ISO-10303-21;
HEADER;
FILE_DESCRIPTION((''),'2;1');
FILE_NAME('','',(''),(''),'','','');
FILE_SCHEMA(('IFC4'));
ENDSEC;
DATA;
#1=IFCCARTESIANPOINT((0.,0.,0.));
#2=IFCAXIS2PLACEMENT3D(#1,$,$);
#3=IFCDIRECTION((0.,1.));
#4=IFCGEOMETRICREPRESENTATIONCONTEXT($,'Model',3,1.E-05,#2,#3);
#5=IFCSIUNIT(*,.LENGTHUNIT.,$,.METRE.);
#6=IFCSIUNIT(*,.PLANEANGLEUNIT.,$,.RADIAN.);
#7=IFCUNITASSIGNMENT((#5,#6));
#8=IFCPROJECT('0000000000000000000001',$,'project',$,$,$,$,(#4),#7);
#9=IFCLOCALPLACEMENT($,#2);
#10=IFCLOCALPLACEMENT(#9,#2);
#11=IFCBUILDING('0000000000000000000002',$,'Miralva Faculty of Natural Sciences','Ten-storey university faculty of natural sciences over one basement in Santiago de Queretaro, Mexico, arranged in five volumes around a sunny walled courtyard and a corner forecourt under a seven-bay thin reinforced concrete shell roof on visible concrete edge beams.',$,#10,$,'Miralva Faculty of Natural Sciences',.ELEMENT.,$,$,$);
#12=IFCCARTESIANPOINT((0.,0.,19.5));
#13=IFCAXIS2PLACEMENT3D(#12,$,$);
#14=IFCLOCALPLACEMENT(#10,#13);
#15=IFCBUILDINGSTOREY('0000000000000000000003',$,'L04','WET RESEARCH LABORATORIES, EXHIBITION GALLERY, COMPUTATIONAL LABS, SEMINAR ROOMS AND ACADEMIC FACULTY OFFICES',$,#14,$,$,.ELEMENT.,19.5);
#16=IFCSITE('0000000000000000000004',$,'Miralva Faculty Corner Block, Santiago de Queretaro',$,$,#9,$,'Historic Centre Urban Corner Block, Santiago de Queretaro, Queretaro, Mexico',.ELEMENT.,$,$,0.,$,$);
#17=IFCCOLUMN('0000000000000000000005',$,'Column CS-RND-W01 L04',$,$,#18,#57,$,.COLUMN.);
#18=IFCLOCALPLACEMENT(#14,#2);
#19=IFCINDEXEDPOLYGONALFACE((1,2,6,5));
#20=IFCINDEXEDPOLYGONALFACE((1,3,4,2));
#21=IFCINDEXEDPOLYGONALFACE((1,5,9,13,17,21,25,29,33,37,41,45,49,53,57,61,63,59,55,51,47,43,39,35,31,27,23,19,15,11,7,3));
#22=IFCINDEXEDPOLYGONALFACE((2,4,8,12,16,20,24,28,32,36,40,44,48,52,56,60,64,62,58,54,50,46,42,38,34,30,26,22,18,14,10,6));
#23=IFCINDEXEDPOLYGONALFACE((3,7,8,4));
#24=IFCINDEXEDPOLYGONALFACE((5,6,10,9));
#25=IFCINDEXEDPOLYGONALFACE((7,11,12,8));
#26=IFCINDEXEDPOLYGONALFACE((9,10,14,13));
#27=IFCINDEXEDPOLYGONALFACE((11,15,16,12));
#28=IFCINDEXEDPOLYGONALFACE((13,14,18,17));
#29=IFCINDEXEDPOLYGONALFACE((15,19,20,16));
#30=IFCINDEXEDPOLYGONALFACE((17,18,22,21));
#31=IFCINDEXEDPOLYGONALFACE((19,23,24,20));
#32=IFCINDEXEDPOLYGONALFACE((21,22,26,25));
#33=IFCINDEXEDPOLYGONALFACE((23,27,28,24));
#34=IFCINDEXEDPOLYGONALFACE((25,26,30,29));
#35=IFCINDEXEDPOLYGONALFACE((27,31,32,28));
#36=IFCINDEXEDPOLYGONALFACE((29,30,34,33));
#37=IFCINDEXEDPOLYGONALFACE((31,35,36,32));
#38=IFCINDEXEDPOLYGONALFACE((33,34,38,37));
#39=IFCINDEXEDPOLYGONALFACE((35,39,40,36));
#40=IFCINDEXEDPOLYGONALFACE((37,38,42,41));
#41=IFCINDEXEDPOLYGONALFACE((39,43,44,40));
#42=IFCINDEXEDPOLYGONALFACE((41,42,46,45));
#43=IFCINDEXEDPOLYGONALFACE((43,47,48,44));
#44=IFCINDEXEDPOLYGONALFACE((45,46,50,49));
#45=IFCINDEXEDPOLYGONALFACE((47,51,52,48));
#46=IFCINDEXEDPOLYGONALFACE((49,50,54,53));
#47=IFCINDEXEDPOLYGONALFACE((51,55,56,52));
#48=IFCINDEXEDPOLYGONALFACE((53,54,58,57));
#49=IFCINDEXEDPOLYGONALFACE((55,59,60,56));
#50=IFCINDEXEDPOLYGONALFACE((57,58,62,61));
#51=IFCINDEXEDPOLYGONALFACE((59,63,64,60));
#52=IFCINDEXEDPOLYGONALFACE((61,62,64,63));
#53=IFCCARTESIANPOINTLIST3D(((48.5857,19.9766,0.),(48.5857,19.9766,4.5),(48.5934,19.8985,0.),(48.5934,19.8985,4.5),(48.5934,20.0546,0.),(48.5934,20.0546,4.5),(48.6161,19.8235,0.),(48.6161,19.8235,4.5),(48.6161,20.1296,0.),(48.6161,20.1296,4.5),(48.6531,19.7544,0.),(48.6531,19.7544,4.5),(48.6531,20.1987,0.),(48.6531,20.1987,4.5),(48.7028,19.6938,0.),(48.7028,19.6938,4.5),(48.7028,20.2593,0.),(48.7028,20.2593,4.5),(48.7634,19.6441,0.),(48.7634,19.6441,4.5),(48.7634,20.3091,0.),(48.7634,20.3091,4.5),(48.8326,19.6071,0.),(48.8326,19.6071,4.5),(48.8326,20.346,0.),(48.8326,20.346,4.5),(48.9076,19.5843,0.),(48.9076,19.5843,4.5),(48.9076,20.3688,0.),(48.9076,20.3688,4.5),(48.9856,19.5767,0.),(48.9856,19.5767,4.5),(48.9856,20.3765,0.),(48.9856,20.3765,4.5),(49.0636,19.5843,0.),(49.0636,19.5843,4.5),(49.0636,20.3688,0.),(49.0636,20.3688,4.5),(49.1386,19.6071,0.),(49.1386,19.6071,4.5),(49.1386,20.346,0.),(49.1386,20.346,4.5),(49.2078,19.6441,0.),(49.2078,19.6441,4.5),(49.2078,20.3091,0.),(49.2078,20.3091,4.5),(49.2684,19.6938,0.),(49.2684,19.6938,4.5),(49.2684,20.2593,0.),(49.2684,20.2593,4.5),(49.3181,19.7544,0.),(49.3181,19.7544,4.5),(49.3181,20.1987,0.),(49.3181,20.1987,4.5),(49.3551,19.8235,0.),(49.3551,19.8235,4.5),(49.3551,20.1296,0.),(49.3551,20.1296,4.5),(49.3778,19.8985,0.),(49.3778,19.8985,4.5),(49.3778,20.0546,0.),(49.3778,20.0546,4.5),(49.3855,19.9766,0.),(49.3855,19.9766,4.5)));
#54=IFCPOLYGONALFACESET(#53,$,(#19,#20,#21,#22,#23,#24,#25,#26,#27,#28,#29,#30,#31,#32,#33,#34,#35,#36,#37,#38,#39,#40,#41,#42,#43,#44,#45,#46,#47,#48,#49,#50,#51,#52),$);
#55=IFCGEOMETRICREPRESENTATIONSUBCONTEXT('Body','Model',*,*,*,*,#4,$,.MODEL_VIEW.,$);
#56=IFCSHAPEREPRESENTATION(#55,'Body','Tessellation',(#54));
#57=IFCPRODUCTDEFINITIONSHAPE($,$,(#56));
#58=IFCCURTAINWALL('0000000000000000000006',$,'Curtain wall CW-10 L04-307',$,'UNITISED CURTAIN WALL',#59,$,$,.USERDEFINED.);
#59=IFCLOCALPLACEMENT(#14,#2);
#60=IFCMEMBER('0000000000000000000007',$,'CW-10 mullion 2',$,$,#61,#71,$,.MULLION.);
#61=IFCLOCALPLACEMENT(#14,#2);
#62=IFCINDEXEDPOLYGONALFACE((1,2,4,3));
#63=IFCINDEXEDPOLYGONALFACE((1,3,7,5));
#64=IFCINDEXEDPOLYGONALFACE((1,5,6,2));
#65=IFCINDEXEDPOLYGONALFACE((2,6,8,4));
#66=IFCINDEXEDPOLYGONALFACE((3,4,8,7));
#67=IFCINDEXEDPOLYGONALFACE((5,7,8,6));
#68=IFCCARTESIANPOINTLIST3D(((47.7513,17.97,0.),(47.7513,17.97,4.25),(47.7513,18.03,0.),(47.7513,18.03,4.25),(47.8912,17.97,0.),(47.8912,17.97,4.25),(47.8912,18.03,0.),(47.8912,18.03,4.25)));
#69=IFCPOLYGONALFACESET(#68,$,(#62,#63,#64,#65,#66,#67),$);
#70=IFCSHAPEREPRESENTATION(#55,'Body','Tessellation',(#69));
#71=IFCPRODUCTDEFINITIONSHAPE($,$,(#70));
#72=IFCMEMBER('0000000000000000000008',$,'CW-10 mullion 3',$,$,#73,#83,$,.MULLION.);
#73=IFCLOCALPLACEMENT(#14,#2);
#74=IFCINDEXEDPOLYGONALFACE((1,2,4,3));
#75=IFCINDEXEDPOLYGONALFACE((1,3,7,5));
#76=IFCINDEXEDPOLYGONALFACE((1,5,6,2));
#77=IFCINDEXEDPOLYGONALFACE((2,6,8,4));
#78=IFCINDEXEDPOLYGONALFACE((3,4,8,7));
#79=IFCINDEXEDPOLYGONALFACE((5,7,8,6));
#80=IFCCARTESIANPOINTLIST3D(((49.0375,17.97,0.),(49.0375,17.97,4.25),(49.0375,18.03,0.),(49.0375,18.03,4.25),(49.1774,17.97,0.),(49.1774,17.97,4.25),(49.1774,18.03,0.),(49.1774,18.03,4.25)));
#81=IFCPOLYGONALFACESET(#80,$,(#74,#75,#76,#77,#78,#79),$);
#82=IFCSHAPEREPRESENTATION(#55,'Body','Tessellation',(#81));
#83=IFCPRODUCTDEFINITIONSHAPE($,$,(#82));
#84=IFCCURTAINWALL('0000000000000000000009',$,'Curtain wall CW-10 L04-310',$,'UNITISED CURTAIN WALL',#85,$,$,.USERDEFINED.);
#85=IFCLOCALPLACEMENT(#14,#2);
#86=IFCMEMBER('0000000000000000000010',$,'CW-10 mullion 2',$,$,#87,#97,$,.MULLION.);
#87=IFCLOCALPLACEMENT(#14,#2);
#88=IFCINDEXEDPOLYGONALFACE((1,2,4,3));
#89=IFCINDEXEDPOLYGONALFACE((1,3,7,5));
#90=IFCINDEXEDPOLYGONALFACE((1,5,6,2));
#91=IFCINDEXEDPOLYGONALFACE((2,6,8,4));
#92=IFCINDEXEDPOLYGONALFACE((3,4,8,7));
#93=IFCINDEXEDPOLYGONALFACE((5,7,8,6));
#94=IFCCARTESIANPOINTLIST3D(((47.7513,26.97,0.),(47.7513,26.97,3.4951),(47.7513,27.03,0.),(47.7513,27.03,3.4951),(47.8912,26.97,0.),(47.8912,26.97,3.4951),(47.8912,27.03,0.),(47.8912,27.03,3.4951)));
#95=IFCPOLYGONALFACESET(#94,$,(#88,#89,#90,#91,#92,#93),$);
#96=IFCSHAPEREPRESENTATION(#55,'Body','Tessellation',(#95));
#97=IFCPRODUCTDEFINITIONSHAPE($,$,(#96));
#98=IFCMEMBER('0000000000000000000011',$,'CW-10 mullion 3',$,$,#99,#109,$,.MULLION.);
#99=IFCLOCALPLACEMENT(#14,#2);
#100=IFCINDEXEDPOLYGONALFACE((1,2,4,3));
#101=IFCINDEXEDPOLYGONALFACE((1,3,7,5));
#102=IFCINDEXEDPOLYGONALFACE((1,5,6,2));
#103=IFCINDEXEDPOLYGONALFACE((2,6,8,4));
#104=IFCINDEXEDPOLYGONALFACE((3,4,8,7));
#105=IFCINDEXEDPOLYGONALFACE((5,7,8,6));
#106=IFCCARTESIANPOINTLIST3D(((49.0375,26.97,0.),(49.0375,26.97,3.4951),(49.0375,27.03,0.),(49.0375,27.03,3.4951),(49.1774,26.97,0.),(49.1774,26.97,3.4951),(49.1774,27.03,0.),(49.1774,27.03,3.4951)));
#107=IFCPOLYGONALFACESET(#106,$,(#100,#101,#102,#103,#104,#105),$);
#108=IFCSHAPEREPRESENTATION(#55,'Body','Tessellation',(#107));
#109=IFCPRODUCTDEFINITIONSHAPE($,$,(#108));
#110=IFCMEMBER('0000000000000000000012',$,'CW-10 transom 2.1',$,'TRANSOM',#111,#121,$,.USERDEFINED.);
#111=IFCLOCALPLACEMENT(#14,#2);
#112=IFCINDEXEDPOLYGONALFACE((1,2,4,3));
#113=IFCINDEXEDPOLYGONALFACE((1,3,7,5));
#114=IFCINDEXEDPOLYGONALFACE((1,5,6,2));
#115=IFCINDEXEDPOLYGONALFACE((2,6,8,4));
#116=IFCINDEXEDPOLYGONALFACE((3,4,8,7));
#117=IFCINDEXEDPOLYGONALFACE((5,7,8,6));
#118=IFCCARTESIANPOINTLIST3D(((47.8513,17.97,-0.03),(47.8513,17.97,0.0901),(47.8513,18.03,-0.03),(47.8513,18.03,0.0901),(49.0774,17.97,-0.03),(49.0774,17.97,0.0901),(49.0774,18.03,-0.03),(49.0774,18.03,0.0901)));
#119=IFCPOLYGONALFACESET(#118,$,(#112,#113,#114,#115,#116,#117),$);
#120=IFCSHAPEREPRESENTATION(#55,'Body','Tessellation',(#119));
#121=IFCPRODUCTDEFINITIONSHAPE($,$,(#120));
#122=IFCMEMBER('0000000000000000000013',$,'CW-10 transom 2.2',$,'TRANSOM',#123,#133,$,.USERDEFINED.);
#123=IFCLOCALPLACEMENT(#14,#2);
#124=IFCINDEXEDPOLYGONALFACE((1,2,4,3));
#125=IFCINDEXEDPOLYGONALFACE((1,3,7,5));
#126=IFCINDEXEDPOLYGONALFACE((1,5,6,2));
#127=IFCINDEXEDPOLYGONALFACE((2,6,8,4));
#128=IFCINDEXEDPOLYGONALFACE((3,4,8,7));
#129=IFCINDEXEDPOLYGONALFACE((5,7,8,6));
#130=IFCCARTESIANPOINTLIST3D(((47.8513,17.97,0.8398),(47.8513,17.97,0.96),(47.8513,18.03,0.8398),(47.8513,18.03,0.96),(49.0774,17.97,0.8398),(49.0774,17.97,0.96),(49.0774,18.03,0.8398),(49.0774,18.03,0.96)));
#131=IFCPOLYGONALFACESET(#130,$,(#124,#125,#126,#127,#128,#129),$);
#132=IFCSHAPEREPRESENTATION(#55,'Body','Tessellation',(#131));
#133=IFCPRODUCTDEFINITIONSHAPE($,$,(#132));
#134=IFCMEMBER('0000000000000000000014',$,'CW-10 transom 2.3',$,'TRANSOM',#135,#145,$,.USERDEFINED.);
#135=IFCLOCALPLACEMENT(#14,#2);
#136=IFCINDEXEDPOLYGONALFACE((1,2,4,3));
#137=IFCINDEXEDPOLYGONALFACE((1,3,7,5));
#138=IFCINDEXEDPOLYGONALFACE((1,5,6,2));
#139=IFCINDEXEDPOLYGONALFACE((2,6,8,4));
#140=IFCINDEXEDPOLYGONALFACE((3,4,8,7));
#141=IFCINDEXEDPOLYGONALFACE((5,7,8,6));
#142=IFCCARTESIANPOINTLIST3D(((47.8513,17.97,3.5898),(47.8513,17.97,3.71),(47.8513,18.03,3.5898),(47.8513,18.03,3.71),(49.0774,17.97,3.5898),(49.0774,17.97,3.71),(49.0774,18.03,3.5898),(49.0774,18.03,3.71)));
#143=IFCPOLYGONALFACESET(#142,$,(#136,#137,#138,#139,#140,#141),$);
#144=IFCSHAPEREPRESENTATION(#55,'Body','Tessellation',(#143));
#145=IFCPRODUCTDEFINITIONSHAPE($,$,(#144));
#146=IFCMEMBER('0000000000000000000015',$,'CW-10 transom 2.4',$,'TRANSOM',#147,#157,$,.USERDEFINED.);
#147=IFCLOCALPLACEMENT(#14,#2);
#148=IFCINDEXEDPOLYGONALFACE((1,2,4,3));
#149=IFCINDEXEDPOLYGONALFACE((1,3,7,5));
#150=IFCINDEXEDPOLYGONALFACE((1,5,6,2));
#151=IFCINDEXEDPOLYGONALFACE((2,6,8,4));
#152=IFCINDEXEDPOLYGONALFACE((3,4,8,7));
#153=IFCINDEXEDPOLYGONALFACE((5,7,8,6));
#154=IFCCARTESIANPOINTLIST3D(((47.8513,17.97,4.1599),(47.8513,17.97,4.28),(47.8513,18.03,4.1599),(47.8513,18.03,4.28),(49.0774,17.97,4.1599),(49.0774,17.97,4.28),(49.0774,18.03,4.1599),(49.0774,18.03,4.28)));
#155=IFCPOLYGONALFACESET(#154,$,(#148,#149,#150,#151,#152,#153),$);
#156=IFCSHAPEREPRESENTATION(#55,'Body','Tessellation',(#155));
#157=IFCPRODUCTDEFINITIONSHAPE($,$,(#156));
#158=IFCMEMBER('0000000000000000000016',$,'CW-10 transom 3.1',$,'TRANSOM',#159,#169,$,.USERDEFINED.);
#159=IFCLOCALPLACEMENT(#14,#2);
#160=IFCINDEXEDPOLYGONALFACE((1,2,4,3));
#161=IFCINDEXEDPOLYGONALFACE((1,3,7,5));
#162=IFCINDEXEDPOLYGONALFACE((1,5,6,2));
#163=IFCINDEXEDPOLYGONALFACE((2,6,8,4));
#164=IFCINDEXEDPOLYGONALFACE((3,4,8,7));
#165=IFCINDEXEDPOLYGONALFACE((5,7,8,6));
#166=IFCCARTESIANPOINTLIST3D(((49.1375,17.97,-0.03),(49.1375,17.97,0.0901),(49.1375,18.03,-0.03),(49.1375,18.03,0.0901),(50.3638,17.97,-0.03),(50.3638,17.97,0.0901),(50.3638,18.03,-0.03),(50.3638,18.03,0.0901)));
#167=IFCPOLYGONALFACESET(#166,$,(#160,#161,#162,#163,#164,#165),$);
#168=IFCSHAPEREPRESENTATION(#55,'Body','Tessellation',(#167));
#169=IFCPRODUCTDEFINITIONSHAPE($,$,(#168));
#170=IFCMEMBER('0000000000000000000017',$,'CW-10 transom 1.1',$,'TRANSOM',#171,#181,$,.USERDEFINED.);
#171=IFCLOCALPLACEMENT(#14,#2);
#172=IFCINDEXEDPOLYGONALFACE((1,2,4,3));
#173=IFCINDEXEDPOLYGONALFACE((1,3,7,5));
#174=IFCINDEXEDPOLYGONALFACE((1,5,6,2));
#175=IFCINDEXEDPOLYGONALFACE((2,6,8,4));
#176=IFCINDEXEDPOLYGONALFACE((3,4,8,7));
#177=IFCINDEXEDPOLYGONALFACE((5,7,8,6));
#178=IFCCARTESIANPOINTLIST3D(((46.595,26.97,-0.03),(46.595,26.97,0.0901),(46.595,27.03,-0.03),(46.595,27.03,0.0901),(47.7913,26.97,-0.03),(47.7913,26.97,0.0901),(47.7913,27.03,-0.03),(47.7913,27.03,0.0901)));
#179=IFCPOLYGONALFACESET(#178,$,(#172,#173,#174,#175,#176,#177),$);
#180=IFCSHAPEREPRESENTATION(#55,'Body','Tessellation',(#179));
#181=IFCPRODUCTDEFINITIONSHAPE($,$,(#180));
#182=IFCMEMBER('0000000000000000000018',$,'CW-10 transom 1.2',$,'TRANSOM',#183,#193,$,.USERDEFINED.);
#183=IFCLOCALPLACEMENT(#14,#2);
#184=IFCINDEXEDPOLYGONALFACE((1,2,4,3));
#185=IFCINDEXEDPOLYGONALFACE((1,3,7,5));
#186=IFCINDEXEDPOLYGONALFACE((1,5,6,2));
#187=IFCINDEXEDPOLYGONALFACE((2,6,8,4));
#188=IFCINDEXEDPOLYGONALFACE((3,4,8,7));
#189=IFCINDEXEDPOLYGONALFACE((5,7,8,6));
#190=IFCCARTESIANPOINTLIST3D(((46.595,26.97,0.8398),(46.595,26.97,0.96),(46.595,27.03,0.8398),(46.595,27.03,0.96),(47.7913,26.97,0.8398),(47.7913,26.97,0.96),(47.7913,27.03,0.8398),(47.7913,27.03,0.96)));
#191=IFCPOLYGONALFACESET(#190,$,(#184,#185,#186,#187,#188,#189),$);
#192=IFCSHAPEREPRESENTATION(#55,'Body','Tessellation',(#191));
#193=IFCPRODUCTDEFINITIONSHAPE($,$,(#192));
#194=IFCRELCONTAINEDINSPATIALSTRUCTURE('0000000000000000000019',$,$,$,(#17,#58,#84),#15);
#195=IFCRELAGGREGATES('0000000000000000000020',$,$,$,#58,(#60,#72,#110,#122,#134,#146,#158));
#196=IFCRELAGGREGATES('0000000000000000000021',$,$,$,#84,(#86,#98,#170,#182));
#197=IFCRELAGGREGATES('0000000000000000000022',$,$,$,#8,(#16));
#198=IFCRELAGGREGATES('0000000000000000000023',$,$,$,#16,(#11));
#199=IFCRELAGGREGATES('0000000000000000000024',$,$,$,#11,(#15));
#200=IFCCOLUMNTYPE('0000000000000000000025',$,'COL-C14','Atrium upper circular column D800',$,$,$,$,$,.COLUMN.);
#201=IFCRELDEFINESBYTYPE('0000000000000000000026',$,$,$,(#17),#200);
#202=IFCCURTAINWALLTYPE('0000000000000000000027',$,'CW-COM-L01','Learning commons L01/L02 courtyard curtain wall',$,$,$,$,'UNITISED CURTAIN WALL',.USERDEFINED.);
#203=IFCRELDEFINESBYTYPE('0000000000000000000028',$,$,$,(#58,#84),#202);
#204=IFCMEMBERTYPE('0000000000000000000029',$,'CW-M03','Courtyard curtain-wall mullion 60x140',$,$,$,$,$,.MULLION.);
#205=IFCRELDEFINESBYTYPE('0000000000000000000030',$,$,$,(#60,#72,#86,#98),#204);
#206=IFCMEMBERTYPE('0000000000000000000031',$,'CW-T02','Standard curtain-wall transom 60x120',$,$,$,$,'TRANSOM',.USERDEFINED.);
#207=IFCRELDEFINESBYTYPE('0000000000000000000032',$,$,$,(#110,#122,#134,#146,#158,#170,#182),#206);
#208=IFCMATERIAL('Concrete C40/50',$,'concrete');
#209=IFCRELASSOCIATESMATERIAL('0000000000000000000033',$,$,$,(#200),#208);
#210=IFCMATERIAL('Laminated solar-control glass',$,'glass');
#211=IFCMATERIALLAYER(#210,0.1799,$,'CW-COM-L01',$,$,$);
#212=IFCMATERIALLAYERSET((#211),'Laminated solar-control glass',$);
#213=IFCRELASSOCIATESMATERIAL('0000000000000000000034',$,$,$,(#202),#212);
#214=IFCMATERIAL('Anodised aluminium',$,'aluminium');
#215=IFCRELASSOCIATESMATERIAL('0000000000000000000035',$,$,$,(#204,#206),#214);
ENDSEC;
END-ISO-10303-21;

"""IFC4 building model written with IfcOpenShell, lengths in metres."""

from ifc_helpers import new_model, si_unit, direction, frame, origin, origin_2d, place, context, subcontext, project, spatial, rectangle, circle, extrude, material, layer, layer_set, material_profile, profile_set, type_object, element, aggregate, save


model = new_model("IFC4")

# Units and contexts
model_context = context("Model", 3, precision=1e-05, world=origin(), true_north=direction((0.0, 1.0)))
body_context = subcontext(model_context, "Body", "Model", "MODEL_VIEW")
ifc_project = project(units=[si_unit("LENGTHUNIT", "METRE"), si_unit("PLANEANGLEUNIT", "RADIAN")], contexts=[model_context])

# Site, building, storey
site_placement = place(None, origin())
site = spatial("IfcSite", under=ifc_project, at=site_placement, Name="Miralva Faculty Corner Block, Santiago de Queretaro", LongName="Historic Centre Urban Corner Block, Santiago de Queretaro, Queretaro, Mexico", CompositionType="ELEMENT", RefElevation=0.0)
building_placement = place(site_placement, origin())
building = spatial("IfcBuilding", under=site, at=building_placement, Name="Miralva Faculty of Natural Sciences", Description="Ten-storey university faculty of natural sciences over one basement in Santiago de Queretaro, Mexico, arranged in five volumes around a sunny walled courtyard and a corner forecourt under a seven-bay thin reinforced concrete shell roof on visible concrete edge beams.", LongName="Miralva Faculty of Natural Sciences", CompositionType="ELEMENT")
storey_placement = place(building_placement, frame((0.0, 0.0, 19.5)))
storey = spatial("IfcBuildingStorey", under=building, at=storey_placement, Name="L04", Description="WET RESEARCH LABORATORIES, EXHIBITION GALLERY, COMPUTATIONAL LABS, SEMINAR ROOMS AND ACADEMIC FACULTY OFFICES", CompositionType="ELEMENT", Elevation=19.5)

# Column
ifc_material_1 = material(Name="Concrete C40/50", Category="concrete")
ifc_material_profile_1 = material_profile(ifc_material_1, circle(Radius=0.3999, at=origin_2d()), Name="RC DIA 800")
ifc_profile_set_1 = profile_set([ifc_material_profile_1], Name="Concrete C40/50")
column_type = type_object("IfcColumnType", Name="COL-C14", Description="Atrium upper circular column D800", PredefinedType="COLUMN", material=ifc_profile_set_1)
column_placement = place(storey_placement, frame((48.9856, 19.9766, 0.0), z_axis=(0.0, 0.0, 1.0), x_axis=(1.0, 0.0, 0.0)))
element("IfcColumn", 1, at=column_placement, inside=storey, type_object=column_type, Name="Column CS-RND-W01 L04", PredefinedType="COLUMN", context=body_context, shape_type="SweptSolid", body=[
    extrude(circle(Radius=0.3999, at=origin_2d()), origin(), (0.0, 0.0, 1.0), 4.5),
])

# Curtain walls, members
ifc_material_2 = material(Name="Laminated solar-control glass", Category="glass")
ifc_layer_1 = layer(ifc_material_2, 0.1799, Name="CW-COM-L01")
ifc_layer_set_1 = layer_set([ifc_layer_1], Name="Laminated solar-control glass")
curtain_wall_type = type_object("IfcCurtainWallType", Name="CW-COM-L01", Description="Learning commons L01/L02 courtyard curtain wall", ElementType="UNITISED CURTAIN WALL", PredefinedType="USERDEFINED", material=ifc_layer_set_1)
curtain_wall_1_placement = place(storey_placement, origin())
curtain_wall_1 = element("IfcCurtainWall", 2, at=curtain_wall_1_placement, inside=storey, type_object=curtain_wall_type, Name="Curtain wall CW-10 L04-307", ObjectType="UNITISED CURTAIN WALL", PredefinedType="USERDEFINED")
ifc_material_3 = material(Name="Anodised aluminium", Category="aluminium")
ifc_material_profile_2 = material_profile(ifc_material_3, rectangle(XDim=0.0601, YDim=0.1399, at=origin_2d()), Name="MULLION 60x140")
ifc_profile_set_2 = profile_set([ifc_material_profile_2], Name="Anodised aluminium")
member_type_1 = type_object("IfcMemberType", Name="CW-M03", Description="Courtyard curtain-wall mullion 60x140", PredefinedType="MULLION", material=ifc_profile_set_2)
member_1_placement = place(storey_placement, frame((47.8213, 18.0, 0.0), z_axis=(0.0, 0.0, 1.0), x_axis=(0.0, 1.0, 0.0)))
member_1 = element("IfcMember", 3, at=member_1_placement, type_object=member_type_1, Name="CW-10 mullion 2", PredefinedType="MULLION", context=body_context, shape_type="SweptSolid", body=[
    extrude(rectangle(XDim=0.0601, YDim=0.1399, at=origin_2d()), origin(), (0.0, 0.0, 1.0), 4.25),
])
member_2_placement = place(storey_placement, frame((49.1074, 18.0, 0.0), z_axis=(0.0, 0.0, 1.0), x_axis=(0.0, 1.0, 0.0)))
member_2 = element("IfcMember", 4, at=member_2_placement, type_object=member_type_1, Name="CW-10 mullion 3", PredefinedType="MULLION", context=body_context, shape_type="SweptSolid", body=[
    extrude(rectangle(XDim=0.0601, YDim=0.1399, at=origin_2d()), origin(), (0.0, 0.0, 1.0), 4.25),
])
curtain_wall_2_placement = place(storey_placement, origin())
curtain_wall_2 = element("IfcCurtainWall", 5, at=curtain_wall_2_placement, inside=storey, type_object=curtain_wall_type, Name="Curtain wall CW-10 L04-310", ObjectType="UNITISED CURTAIN WALL", PredefinedType="USERDEFINED")
member_3_placement = place(storey_placement, frame((47.8213, 27.0, 0.0), z_axis=(0.0, 0.0, 1.0), x_axis=(0.0, 1.0, 0.0)))
member_3 = element("IfcMember", 6, at=member_3_placement, type_object=member_type_1, Name="CW-10 mullion 2", PredefinedType="MULLION", context=body_context, shape_type="SweptSolid", body=[
    extrude(rectangle(XDim=0.0601, YDim=0.1399, at=origin_2d()), origin(), (0.0, 0.0, 1.0), 3.4951),
])
member_4_placement = place(storey_placement, frame((49.1074, 27.0, 0.0), z_axis=(0.0, 0.0, 1.0), x_axis=(0.0, 1.0, 0.0)))
member_4 = element("IfcMember", 7, at=member_4_placement, type_object=member_type_1, Name="CW-10 mullion 3", PredefinedType="MULLION", context=body_context, shape_type="SweptSolid", body=[
    extrude(rectangle(XDim=0.0601, YDim=0.1399, at=origin_2d()), origin(), (0.0, 0.0, 1.0), 3.4951),
])

# Members
ifc_material_profile_3 = material_profile(ifc_material_3, rectangle(XDim=0.0601, YDim=0.1201, at=origin_2d()), Name="TRANSOM 60x120")
ifc_profile_set_3 = profile_set([ifc_material_profile_3], Name="Anodised aluminium")
member_type_2 = type_object("IfcMemberType", Name="CW-T02", Description="Standard curtain-wall transom 60x120", ElementType="TRANSOM", PredefinedType="USERDEFINED", material=ifc_profile_set_3)
member_5_placement = place(storey_placement, frame((47.8513, 18.0, 0.03), z_axis=(1.0, 0.0, 0.0), x_axis=(0.0, 1.0, 0.0)))
member_5 = element("IfcMember", 8, at=member_5_placement, type_object=member_type_2, Name="CW-10 transom 2.1", ObjectType="TRANSOM", PredefinedType="USERDEFINED", context=body_context, shape_type="SweptSolid", body=[
    extrude(rectangle(XDim=0.0601, YDim=0.1201, at=origin_2d()), origin(), (0.0, 0.0, 1.0), 1.2261),
])
member_6_placement = place(storey_placement, frame((47.8513, 18.0, 0.8999), z_axis=(1.0, 0.0, 0.0), x_axis=(0.0, 1.0, 0.0)))
member_6 = element("IfcMember", 9, at=member_6_placement, type_object=member_type_2, Name="CW-10 transom 2.2", ObjectType="TRANSOM", PredefinedType="USERDEFINED", context=body_context, shape_type="SweptSolid", body=[
    extrude(rectangle(XDim=0.0601, YDim=0.1201, at=origin_2d()), origin(), (0.0, 0.0, 1.0), 1.2261),
])
member_7_placement = place(storey_placement, frame((47.8513, 18.0, 3.6499), z_axis=(1.0, 0.0, 0.0), x_axis=(0.0, 1.0, 0.0)))
member_7 = element("IfcMember", 10, at=member_7_placement, type_object=member_type_2, Name="CW-10 transom 2.3", ObjectType="TRANSOM", PredefinedType="USERDEFINED", context=body_context, shape_type="SweptSolid", body=[
    extrude(rectangle(XDim=0.0601, YDim=0.1201, at=origin_2d()), origin(), (0.0, 0.0, 1.0), 1.2261),
])
member_8_placement = place(storey_placement, frame((47.8513, 18.0, 4.22), z_axis=(1.0, 0.0, 0.0), x_axis=(0.0, 1.0, 0.0)))
member_8 = element("IfcMember", 11, at=member_8_placement, type_object=member_type_2, Name="CW-10 transom 2.4", ObjectType="TRANSOM", PredefinedType="USERDEFINED", context=body_context, shape_type="SweptSolid", body=[
    extrude(rectangle(XDim=0.0601, YDim=0.1201, at=origin_2d()), origin(), (0.0, 0.0, 1.0), 1.2261),
])
member_9_placement = place(storey_placement, frame((49.1375, 18.0, 0.03), z_axis=(1.0, 0.0, 0.0), x_axis=(0.0, 1.0, 0.0)))
member_9 = element("IfcMember", 12, at=member_9_placement, type_object=member_type_2, Name="CW-10 transom 3.1", ObjectType="TRANSOM", PredefinedType="USERDEFINED", context=body_context, shape_type="SweptSolid", body=[
    extrude(rectangle(XDim=0.0601, YDim=0.1201, at=origin_2d()), origin(), (0.0, 0.0, 1.0), 1.2263),
])
member_10_placement = place(storey_placement, frame((46.595, 27.0, 0.03), z_axis=(1.0, 0.0, 0.0), x_axis=(0.0, 1.0, 0.0)))
member_10 = element("IfcMember", 13, at=member_10_placement, type_object=member_type_2, Name="CW-10 transom 1.1", ObjectType="TRANSOM", PredefinedType="USERDEFINED", context=body_context, shape_type="SweptSolid", body=[
    extrude(rectangle(XDim=0.0601, YDim=0.1201, at=origin_2d()), origin(), (0.0, 0.0, 1.0), 1.1963),
])
member_11_placement = place(storey_placement, frame((46.595, 27.0, 0.8999), z_axis=(1.0, 0.0, 0.0), x_axis=(0.0, 1.0, 0.0)))
member_11 = element("IfcMember", 14, at=member_11_placement, type_object=member_type_2, Name="CW-10 transom 1.2", ObjectType="TRANSOM", PredefinedType="USERDEFINED", context=body_context, shape_type="SweptSolid", body=[
    extrude(rectangle(XDim=0.0601, YDim=0.1201, at=origin_2d()), origin(), (0.0, 0.0, 1.0), 1.1963),
])

aggregate(curtain_wall_1, [member_1, member_2, member_5, member_6, member_7, member_8, member_9])
aggregate(curtain_wall_2, [member_3, member_4, member_10, member_11])

save(model, "model.ifc")
